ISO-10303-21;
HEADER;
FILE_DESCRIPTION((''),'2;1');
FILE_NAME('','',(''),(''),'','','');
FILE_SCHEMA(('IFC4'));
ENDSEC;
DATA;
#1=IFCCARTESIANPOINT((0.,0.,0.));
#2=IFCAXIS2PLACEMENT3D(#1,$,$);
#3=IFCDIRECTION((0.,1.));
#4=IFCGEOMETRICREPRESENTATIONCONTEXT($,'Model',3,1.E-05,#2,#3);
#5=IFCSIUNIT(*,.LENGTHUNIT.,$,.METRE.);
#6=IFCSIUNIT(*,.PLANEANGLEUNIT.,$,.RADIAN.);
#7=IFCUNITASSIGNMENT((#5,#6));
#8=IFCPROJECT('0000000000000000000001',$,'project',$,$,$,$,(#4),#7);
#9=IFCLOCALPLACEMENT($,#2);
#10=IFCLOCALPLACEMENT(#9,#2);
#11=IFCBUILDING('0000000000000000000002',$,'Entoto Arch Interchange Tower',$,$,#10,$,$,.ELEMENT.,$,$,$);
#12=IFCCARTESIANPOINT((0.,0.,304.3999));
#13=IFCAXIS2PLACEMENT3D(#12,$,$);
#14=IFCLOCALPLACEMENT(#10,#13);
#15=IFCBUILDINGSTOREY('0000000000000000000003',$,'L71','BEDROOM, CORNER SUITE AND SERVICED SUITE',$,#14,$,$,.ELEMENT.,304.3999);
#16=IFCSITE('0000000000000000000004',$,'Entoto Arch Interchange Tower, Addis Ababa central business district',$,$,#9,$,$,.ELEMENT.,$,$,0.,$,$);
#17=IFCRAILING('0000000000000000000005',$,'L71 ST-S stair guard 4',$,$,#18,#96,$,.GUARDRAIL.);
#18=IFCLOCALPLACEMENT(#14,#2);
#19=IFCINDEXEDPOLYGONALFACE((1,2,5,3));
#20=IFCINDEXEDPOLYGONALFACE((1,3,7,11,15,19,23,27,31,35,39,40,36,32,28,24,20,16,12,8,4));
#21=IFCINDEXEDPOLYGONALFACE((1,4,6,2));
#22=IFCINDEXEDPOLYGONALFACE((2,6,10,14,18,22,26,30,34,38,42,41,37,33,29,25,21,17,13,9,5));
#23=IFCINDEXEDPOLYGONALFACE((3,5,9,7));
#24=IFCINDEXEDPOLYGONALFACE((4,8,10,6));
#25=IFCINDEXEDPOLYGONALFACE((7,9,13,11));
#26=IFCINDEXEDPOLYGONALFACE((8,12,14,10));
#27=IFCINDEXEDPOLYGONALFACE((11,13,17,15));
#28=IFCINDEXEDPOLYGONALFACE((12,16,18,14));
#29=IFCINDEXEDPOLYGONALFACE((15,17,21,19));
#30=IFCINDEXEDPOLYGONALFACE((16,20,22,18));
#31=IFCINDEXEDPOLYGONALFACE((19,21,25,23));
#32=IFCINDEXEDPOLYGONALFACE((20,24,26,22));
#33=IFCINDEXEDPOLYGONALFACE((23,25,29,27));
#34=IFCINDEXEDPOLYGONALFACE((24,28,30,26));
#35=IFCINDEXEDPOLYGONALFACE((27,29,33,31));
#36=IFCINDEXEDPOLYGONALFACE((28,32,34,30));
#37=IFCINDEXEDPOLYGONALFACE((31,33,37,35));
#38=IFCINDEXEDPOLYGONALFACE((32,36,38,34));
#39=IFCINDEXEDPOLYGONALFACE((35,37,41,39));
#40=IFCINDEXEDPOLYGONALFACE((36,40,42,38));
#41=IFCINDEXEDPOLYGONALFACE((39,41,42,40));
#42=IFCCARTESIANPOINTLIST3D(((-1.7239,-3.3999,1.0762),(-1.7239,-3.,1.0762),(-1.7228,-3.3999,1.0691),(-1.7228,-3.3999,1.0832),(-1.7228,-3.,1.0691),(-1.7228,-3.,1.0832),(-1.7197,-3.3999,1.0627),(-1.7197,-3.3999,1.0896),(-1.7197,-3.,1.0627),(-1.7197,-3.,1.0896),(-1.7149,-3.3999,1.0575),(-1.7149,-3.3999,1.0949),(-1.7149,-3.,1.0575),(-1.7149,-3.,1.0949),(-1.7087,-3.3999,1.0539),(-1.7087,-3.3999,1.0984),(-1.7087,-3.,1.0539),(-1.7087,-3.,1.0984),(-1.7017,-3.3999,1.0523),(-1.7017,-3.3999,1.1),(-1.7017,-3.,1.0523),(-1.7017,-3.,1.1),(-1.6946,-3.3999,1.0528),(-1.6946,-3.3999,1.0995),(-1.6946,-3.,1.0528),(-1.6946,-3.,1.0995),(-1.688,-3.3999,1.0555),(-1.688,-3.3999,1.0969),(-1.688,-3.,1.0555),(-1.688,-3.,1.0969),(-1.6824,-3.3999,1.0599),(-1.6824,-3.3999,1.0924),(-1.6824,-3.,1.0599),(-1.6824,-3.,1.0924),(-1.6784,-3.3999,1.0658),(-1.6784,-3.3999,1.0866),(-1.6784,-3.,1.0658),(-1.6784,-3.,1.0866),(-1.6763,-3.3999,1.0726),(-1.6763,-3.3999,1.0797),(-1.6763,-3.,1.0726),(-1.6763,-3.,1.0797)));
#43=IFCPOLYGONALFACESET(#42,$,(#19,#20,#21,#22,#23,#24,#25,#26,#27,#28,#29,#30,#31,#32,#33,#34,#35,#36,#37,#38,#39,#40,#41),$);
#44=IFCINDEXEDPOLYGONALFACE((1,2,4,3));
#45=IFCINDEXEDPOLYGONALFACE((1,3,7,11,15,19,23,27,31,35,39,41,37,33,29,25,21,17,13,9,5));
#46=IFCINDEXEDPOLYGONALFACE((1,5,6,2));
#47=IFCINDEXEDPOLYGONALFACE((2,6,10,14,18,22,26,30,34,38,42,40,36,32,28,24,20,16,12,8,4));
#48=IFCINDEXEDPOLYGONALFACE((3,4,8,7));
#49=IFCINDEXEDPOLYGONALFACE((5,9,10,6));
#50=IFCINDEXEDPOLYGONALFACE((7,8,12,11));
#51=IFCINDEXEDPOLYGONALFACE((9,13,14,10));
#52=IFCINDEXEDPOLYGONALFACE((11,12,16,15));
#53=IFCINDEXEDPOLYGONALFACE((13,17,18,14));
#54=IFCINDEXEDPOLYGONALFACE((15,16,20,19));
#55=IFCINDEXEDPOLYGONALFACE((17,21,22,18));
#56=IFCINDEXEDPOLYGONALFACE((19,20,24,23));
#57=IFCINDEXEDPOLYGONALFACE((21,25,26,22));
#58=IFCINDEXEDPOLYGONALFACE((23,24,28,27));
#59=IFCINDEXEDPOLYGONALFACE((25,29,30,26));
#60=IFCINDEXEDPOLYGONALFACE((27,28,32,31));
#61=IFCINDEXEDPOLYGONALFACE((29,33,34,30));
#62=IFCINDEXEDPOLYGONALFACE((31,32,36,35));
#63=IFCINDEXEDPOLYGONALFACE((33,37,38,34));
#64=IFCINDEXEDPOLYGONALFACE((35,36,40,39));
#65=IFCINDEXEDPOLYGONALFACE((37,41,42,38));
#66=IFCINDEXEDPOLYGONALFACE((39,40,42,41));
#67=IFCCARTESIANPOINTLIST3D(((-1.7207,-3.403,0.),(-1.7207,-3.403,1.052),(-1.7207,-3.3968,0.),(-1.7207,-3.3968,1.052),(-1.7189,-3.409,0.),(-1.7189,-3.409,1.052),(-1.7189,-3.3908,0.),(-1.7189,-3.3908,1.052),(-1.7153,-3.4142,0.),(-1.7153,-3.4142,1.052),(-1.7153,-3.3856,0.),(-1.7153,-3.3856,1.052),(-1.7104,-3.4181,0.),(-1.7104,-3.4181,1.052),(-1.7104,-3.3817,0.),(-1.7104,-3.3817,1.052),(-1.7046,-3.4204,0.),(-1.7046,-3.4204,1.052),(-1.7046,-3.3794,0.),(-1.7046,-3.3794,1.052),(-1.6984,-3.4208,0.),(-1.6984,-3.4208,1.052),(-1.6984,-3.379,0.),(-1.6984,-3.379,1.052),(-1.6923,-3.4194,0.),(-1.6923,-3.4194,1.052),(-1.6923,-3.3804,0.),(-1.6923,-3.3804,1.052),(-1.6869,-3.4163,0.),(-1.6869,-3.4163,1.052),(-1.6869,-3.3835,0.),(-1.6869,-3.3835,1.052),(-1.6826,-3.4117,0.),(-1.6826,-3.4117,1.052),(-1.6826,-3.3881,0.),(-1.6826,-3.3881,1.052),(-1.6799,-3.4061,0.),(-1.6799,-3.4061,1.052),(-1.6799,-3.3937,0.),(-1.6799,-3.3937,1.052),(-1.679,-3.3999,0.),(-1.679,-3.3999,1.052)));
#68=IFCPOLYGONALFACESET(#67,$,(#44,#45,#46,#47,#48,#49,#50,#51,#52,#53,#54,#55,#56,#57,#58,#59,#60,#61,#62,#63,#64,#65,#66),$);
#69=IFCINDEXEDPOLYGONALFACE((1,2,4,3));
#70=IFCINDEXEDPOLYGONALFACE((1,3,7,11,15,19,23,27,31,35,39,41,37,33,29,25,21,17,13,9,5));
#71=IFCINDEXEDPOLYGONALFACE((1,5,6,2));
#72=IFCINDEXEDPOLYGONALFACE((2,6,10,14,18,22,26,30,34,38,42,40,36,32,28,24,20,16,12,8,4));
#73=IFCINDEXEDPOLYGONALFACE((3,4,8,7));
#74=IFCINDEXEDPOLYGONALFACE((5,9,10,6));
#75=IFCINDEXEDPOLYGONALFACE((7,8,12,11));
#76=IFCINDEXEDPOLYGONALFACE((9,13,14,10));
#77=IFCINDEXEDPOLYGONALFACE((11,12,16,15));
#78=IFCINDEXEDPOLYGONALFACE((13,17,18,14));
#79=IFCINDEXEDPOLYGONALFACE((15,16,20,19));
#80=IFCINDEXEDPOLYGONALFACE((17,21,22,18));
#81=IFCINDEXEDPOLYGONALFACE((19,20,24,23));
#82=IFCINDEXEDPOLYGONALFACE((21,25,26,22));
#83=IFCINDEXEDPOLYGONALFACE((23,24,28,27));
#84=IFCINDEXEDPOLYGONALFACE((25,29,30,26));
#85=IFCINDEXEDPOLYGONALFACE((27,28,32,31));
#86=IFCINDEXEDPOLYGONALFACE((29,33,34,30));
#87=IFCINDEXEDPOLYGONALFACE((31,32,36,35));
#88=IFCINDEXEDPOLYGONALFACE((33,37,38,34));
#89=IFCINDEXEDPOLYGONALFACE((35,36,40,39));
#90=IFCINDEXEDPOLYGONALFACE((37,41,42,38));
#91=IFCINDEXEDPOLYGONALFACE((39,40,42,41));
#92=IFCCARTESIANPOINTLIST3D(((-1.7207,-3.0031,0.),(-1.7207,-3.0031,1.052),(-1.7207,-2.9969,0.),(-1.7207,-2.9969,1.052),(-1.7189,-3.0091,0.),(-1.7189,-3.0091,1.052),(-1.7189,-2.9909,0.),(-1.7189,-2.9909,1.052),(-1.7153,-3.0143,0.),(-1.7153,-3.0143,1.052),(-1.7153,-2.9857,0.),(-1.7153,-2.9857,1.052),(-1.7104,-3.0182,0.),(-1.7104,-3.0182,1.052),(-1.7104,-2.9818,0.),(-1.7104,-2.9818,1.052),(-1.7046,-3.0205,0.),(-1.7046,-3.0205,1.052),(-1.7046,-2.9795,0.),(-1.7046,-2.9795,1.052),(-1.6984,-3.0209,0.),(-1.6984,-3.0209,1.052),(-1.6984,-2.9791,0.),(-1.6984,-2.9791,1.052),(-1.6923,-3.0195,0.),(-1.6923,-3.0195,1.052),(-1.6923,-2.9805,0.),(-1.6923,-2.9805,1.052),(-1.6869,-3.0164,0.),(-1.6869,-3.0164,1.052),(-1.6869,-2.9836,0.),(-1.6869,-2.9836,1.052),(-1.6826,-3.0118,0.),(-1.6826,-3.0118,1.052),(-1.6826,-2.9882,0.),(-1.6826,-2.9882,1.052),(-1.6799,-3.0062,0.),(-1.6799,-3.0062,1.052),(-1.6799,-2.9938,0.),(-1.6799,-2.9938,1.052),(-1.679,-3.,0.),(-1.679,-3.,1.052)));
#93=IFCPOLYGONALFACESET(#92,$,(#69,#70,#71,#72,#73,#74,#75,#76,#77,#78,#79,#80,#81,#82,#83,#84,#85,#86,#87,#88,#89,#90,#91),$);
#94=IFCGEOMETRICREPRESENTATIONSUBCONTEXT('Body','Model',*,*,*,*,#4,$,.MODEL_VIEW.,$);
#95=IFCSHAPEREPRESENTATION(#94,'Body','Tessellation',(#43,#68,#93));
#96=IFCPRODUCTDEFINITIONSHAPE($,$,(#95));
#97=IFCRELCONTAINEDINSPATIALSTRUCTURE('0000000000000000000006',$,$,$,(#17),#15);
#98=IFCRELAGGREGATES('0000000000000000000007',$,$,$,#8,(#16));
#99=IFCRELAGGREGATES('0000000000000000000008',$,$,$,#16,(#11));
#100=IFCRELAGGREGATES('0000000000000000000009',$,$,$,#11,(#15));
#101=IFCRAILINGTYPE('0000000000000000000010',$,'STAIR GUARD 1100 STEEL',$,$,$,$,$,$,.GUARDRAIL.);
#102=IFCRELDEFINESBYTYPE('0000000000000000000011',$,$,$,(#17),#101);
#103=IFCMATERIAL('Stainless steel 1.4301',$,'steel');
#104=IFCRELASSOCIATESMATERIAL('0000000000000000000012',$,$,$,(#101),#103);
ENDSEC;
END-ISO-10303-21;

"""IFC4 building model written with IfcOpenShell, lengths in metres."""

from ifc_helpers import new_model, si_unit, direction, frame, origin, origin_2d, place, context, subcontext, project, spatial, circle, extrude, material, type_object, element, save


model = new_model("IFC4")

# Units and contexts
model_context = context("Model", 3, precision=1e-05, world=origin(), true_north=direction((0.0, 1.0)))
body_context = subcontext(model_context, "Body", "Model", "MODEL_VIEW")
ifc_project = project(units=[si_unit("LENGTHUNIT", "METRE"), si_unit("PLANEANGLEUNIT", "RADIAN")], contexts=[model_context])

# Site, building, storey
site_placement = place(None, origin())
site = spatial("IfcSite", under=ifc_project, at=site_placement, Name="Entoto Arch Interchange Tower, Addis Ababa central business district", CompositionType="ELEMENT", RefElevation=0.0)
building_placement = place(site_placement, origin())
building = spatial("IfcBuilding", under=site, at=building_placement, Name="Entoto Arch Interchange Tower", CompositionType="ELEMENT")
storey_placement = place(building_placement, frame((0.0, 0.0, 304.3999)))
storey = spatial("IfcBuildingStorey", under=building, at=storey_placement, Name="L71", Description="BEDROOM, CORNER SUITE AND SERVICED SUITE", CompositionType="ELEMENT", Elevation=304.3999)

# Railing
ifc_material_1 = material(Name="Stainless steel 1.4301", Category="steel")
railing_type_1 = type_object("IfcRailingType", Name="STAIR GUARD 1100 STEEL", PredefinedType="GUARDRAIL", material=ifc_material_1)
railing_1_placement = place(storey_placement, frame((-1.7, -3.3999, 0.0)))
element("IfcRailing", 1, at=railing_1_placement, inside=storey, type_object=railing_type_1, Name="L71 ST-S stair guard 4", PredefinedType="GUARDRAIL", context=body_context, shape_type="SweptSolid", body=[
    extrude(circle(Radius=0.0239, at=origin_2d()), frame((0.0, 0.0, 1.0762), z_axis=(0.0, 1.0, 0.0), x_axis=(-1.0, 0.0, 0.0)), (0.0, 0.0, 1.0), 0.3999),
    extrude(circle(Radius=0.021, at=origin_2d()), origin(), (0.0, 0.0, 1.0), 1.052),
    extrude(circle(Radius=0.021, at=origin_2d()), frame((0.0, 0.3999, 0.0)), (0.0, 0.0, 1.0), 1.052),
])

save(model, "model.ifc")
